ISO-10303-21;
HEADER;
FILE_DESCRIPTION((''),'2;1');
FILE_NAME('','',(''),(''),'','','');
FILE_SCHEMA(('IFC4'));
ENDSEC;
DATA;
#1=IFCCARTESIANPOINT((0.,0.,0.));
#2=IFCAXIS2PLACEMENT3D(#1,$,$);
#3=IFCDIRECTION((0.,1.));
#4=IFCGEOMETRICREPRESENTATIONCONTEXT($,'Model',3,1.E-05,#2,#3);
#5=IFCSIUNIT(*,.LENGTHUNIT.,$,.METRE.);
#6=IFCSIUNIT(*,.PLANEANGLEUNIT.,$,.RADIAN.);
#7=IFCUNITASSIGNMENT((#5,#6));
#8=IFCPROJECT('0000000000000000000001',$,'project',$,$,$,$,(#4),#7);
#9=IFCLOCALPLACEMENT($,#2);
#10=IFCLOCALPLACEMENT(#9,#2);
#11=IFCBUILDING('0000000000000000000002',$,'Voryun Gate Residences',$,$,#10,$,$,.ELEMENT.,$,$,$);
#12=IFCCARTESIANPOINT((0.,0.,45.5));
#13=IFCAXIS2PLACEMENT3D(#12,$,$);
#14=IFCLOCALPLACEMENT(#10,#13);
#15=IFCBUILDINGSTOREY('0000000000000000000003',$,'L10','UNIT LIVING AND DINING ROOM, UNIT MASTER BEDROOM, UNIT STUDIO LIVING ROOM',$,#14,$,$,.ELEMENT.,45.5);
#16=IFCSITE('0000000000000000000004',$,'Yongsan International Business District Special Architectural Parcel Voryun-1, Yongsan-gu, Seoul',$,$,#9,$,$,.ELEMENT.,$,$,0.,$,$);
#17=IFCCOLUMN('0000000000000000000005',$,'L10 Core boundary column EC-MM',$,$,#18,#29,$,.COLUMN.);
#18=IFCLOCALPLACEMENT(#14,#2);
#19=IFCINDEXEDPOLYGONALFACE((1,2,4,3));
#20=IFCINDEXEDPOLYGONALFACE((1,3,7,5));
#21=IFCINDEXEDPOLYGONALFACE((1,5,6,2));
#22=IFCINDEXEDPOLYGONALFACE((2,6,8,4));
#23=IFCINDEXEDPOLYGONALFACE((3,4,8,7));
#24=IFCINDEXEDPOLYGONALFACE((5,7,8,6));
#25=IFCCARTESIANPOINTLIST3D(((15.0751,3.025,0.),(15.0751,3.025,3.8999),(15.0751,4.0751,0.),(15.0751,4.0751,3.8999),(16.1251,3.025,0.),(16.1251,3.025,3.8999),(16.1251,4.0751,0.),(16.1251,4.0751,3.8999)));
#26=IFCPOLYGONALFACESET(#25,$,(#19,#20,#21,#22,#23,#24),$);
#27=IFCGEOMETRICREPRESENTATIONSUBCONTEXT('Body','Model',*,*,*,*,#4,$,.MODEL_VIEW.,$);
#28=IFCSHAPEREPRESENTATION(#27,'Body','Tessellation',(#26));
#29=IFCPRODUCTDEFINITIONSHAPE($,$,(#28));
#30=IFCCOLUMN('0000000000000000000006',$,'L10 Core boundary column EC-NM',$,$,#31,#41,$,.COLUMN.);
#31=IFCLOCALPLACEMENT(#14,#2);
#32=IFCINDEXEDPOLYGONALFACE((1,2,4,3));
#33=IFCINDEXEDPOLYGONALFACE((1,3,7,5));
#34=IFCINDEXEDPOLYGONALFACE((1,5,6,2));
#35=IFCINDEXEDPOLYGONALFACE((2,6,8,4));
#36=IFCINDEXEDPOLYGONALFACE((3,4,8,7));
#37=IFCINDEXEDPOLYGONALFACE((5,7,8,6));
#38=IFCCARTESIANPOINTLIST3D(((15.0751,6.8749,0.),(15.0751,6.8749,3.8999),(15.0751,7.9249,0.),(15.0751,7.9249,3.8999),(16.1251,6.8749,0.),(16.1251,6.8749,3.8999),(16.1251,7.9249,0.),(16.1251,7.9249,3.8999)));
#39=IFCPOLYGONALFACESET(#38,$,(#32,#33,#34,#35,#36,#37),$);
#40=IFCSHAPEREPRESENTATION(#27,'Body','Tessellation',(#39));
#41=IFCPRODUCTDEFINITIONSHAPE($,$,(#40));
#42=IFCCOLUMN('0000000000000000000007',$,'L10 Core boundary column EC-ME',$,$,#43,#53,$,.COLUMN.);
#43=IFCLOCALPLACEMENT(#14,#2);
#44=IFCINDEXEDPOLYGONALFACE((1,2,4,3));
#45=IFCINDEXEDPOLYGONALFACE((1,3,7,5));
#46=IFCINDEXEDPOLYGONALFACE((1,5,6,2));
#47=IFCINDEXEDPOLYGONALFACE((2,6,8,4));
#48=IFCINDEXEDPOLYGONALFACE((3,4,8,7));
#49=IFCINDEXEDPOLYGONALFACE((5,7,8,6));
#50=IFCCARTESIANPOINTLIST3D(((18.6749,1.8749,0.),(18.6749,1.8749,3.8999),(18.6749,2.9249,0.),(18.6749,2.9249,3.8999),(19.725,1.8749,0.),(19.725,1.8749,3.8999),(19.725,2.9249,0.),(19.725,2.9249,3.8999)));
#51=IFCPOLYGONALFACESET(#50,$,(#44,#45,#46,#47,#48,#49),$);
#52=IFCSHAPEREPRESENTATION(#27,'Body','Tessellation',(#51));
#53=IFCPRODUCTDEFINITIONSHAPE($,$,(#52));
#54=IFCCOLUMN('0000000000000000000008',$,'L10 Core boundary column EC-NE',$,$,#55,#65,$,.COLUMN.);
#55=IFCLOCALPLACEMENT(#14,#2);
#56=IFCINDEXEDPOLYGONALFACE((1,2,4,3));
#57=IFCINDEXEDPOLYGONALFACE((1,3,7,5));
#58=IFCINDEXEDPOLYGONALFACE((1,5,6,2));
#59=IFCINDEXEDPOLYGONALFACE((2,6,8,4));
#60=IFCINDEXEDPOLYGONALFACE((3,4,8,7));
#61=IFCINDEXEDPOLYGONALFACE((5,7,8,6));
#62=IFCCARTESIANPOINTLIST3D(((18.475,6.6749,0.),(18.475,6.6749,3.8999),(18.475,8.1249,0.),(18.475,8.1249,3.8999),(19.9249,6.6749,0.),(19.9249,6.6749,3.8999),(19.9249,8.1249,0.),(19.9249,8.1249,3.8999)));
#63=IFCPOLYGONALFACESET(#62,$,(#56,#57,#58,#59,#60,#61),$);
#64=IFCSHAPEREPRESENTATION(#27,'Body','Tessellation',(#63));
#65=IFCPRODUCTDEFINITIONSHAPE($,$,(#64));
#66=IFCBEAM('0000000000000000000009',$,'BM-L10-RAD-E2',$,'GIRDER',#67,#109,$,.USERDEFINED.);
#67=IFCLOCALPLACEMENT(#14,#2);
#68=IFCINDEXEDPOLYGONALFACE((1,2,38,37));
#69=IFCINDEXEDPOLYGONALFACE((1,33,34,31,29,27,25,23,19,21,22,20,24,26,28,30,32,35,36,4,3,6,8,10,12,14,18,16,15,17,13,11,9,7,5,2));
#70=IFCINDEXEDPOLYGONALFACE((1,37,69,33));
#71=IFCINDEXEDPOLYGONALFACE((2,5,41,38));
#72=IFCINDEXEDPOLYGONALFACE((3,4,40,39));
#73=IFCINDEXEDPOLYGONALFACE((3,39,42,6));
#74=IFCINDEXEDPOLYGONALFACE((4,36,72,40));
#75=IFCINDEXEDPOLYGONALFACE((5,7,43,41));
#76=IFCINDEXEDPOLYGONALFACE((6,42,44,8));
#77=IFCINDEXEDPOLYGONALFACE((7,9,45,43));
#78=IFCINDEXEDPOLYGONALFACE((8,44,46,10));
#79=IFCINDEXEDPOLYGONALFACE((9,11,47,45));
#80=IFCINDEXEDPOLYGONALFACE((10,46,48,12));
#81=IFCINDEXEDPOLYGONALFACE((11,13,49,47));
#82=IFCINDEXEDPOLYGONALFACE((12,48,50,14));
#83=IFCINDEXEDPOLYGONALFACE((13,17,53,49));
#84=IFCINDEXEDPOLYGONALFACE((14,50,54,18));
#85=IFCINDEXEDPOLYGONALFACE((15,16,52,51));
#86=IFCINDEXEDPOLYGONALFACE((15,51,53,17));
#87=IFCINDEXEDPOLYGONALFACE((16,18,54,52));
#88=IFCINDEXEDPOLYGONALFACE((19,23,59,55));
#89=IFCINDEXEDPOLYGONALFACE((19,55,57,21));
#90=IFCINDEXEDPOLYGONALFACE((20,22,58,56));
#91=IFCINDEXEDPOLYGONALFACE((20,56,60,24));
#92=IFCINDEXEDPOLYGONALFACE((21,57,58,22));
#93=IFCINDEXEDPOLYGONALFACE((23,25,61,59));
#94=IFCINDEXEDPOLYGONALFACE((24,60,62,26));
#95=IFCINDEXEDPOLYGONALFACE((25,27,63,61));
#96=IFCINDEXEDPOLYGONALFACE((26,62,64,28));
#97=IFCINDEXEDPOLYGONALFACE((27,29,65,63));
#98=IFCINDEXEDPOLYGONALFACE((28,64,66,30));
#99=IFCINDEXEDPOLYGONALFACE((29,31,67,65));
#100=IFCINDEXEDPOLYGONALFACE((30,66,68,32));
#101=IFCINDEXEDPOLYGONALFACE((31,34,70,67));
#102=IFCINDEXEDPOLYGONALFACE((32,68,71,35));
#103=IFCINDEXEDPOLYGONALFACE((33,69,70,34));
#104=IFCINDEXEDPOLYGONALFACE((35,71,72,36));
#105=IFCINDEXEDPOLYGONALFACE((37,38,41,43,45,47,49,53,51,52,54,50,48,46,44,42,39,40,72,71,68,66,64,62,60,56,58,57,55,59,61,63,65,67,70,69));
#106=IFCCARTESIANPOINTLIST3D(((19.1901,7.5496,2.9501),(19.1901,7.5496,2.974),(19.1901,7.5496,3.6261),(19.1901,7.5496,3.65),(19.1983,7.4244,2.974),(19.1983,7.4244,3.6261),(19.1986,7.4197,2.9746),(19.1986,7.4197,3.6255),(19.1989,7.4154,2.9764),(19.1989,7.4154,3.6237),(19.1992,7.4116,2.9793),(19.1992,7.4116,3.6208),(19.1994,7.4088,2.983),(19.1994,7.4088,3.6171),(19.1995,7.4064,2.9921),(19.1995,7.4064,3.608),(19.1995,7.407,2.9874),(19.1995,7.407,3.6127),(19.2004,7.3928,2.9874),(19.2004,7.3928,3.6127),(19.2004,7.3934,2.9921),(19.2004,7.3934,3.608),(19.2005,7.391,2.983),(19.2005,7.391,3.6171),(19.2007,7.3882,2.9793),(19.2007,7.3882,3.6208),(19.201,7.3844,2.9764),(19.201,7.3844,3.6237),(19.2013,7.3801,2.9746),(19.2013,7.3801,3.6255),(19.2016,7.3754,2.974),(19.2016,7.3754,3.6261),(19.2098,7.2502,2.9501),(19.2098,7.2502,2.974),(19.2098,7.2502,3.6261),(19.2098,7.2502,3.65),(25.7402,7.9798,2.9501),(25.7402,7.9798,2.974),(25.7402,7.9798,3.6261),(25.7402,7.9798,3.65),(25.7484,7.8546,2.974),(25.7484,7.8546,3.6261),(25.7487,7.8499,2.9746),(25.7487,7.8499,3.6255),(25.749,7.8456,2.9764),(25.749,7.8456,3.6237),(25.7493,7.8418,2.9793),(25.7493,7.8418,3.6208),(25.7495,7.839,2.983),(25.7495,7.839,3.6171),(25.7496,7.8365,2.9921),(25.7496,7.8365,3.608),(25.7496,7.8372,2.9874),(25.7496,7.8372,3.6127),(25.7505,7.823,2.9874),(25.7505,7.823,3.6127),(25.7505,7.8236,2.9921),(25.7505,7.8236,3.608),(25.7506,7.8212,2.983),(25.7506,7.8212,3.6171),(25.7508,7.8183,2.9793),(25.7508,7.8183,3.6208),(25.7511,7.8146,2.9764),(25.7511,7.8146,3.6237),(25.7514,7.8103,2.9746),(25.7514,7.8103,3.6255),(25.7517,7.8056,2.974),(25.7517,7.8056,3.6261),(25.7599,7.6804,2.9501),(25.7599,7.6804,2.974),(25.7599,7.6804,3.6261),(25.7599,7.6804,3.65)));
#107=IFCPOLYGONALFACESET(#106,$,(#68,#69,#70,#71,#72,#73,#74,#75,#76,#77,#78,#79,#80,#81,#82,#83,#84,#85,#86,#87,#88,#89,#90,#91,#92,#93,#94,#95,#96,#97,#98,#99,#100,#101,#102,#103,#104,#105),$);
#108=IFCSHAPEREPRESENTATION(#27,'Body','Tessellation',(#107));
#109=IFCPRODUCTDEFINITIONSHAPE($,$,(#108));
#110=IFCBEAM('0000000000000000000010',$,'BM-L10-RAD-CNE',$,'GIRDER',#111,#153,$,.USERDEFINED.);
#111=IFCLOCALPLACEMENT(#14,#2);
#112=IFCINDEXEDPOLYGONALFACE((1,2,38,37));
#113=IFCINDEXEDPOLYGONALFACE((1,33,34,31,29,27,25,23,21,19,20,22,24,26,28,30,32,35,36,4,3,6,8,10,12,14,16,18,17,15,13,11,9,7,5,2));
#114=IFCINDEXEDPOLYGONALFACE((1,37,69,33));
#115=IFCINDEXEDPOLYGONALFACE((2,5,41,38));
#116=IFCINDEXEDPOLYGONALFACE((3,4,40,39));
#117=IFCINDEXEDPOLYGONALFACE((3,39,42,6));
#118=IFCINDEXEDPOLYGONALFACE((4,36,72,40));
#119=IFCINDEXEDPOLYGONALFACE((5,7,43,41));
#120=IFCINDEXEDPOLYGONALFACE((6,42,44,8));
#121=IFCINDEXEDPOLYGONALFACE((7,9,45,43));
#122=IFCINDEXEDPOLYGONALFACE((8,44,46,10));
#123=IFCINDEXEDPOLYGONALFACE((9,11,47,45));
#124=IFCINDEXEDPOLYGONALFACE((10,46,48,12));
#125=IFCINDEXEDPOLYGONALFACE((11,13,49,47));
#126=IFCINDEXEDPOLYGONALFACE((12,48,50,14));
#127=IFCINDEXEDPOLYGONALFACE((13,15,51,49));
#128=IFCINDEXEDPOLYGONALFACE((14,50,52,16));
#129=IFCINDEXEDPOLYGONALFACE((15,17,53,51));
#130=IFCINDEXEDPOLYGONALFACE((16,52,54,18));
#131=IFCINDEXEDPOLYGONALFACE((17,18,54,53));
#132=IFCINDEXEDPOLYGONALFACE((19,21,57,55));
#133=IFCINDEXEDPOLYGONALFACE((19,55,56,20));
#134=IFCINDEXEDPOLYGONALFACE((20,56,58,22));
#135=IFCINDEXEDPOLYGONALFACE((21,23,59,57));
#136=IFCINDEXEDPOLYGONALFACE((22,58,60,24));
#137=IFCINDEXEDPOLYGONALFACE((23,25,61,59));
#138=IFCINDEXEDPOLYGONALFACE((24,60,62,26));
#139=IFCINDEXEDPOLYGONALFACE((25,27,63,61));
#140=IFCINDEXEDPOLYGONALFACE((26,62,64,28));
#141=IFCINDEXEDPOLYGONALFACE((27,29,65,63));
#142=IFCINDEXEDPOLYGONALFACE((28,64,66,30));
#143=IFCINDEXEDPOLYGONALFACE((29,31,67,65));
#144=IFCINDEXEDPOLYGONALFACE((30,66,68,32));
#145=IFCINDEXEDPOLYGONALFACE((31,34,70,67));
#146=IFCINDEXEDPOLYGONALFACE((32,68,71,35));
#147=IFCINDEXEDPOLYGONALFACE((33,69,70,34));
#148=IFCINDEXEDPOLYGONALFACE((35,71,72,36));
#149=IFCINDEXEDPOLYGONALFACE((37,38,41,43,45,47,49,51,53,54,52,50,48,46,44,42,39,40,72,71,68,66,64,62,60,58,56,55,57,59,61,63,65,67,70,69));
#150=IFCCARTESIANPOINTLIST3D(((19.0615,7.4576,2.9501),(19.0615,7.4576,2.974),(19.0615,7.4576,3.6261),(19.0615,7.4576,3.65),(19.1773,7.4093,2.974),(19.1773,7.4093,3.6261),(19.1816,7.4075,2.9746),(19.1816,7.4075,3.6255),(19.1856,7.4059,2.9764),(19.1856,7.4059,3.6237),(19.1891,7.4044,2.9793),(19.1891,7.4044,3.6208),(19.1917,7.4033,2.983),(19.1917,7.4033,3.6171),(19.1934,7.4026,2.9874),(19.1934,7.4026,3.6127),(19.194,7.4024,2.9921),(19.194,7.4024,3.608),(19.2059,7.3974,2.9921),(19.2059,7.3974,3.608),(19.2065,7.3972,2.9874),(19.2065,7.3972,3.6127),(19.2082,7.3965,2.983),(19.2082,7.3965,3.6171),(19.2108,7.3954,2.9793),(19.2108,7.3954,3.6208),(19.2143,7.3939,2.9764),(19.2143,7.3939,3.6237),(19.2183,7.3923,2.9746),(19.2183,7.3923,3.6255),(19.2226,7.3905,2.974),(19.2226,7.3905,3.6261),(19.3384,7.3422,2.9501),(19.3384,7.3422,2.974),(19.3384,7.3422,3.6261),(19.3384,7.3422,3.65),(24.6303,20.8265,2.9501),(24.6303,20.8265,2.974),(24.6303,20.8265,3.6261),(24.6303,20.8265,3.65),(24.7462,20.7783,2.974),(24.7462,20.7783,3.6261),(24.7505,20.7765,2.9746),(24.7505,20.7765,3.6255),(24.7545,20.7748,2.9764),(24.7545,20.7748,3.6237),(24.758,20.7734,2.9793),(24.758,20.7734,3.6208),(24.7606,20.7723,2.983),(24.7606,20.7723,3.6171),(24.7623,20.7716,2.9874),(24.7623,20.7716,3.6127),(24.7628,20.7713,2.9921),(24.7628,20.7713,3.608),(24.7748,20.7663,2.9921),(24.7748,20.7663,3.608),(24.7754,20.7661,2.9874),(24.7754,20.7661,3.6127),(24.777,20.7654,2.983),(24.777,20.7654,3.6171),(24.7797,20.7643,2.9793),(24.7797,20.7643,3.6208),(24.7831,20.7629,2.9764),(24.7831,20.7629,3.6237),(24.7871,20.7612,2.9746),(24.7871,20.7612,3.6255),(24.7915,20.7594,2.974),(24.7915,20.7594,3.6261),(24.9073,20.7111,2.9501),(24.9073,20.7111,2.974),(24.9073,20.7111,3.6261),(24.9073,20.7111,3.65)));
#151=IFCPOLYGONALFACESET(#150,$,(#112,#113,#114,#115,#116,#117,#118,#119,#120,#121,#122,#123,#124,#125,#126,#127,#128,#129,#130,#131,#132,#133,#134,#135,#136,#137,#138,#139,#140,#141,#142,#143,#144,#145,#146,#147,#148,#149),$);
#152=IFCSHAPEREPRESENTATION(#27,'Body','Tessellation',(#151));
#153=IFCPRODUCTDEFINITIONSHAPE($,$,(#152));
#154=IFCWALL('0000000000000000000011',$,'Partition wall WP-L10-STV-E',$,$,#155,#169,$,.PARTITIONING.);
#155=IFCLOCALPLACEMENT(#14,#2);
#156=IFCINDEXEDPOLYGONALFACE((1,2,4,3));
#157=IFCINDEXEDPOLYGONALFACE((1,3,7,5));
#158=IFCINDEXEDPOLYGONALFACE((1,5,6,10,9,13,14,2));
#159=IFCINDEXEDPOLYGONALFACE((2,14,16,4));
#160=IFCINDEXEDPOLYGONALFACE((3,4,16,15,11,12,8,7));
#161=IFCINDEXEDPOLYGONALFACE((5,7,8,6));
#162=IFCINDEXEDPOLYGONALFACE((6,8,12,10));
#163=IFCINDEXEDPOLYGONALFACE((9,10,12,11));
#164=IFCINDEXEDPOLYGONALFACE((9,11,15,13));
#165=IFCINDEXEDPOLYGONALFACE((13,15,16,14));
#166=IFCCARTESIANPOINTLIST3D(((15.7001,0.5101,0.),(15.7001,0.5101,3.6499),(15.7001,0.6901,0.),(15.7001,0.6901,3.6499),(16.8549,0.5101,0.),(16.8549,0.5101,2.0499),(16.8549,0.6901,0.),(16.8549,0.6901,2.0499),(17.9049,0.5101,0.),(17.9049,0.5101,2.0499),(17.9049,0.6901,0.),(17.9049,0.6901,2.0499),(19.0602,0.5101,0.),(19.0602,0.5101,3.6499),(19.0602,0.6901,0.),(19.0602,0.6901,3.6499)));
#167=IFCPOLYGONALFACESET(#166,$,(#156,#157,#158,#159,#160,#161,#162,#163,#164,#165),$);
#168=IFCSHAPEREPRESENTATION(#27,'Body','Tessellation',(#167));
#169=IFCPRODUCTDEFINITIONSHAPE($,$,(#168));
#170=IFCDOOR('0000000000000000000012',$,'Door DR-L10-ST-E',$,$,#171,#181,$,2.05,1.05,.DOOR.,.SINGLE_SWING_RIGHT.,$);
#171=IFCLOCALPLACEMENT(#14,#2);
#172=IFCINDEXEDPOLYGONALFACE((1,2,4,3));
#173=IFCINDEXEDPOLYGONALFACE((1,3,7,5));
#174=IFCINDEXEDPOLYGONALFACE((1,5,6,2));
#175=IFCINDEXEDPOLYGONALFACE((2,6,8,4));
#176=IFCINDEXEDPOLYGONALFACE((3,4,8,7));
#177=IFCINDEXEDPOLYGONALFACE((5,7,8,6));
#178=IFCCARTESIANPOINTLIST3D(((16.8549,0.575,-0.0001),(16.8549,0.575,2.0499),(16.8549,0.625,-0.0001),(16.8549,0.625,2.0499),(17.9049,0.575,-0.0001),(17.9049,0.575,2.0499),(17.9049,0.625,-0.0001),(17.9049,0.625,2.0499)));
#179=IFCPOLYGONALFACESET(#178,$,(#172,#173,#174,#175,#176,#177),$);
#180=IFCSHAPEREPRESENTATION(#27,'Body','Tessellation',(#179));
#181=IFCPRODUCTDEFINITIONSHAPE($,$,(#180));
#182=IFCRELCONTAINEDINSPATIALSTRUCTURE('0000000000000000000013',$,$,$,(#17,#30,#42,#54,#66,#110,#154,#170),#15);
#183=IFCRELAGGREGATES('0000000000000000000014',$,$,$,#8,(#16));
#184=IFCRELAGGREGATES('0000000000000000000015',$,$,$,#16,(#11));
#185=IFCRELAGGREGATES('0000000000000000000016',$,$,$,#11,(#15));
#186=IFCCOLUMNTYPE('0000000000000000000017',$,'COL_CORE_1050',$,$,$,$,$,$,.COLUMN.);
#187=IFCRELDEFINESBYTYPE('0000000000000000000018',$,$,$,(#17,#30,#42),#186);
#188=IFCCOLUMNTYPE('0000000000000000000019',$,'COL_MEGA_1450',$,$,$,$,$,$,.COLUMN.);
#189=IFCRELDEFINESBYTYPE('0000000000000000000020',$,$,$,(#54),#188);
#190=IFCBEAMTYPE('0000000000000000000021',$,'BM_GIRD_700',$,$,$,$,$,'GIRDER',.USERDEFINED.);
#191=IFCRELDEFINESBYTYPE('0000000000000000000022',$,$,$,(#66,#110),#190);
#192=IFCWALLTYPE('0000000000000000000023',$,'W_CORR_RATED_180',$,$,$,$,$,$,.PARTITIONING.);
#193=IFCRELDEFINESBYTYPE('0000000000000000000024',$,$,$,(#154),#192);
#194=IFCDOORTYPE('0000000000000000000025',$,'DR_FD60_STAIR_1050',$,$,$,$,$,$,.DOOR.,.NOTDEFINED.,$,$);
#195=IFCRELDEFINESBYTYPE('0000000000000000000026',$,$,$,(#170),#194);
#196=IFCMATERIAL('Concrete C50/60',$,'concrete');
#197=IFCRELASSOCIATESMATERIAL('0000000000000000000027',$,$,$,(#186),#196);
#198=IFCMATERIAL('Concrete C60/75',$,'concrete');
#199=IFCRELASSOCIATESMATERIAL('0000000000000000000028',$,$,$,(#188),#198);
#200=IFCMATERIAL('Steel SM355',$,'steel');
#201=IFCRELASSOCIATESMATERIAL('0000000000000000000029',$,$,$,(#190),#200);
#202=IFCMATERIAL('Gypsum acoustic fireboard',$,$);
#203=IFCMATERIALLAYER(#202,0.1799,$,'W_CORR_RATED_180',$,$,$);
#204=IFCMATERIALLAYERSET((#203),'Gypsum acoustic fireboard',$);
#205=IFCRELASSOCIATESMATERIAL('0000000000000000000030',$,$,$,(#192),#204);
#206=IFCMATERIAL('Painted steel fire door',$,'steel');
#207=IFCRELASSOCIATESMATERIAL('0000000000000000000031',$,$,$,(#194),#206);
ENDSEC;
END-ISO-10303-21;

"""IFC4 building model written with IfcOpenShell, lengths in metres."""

from ifc_helpers import new_model, si_unit, direction, frame, frame_2d, origin, origin_2d, place, context, subcontext, project, spatial, rectangle, i_section, extrude, material, layer, layer_set, material_profile, profile_set, type_object, element, fill, save


model = new_model("IFC4")

# Units and contexts
model_context = context("Model", 3, precision=1e-05, world=origin(), true_north=direction((0.0, 1.0)))
body_context = subcontext(model_context, "Body", "Model", "MODEL_VIEW")
ifc_project = project(units=[si_unit("LENGTHUNIT", "METRE"), si_unit("PLANEANGLEUNIT", "RADIAN")], contexts=[model_context])

# Site, building, storey
site_placement = place(None, origin())
site = spatial("IfcSite", under=ifc_project, at=site_placement, Name="Yongsan International Business District Special Architectural Parcel Voryun-1, Yongsan-gu, Seoul", CompositionType="ELEMENT", RefElevation=0.0)
building_placement = place(site_placement, origin())
building = spatial("IfcBuilding", under=site, at=building_placement, Name="Voryun Gate Residences", CompositionType="ELEMENT")
storey_placement = place(building_placement, frame((0.0, 0.0, 45.5)))
storey = spatial("IfcBuildingStorey", under=building, at=storey_placement, Name="L10", Description="UNIT LIVING AND DINING ROOM, UNIT MASTER BEDROOM, UNIT STUDIO LIVING ROOM", CompositionType="ELEMENT", Elevation=45.5)

# Columns
ifc_material_1 = material(Name="Concrete C50/60", Category="concrete")
ifc_material_profile_1 = material_profile(ifc_material_1, rectangle(XDim=1.05, YDim=1.05, at=origin_2d()), Name="RC-1050x1050")
ifc_profile_set_1 = profile_set([ifc_material_profile_1], Name="Concrete C50/60")
column_type_1 = type_object("IfcColumnType", Name="COL_CORE_1050", PredefinedType="COLUMN", material=ifc_profile_set_1)
for number, where, z_axis, x_axis, name in (
    (1, (15.6001, 3.55, 0.0), (0.0, 0.0, 1.0), (1.0, 0.0, 0.0), "L10 Core boundary column EC-MM"),
    (2, (15.6001, 7.3999, 0.0), (0.0, 0.0, 1.0), (1.0, 0.0, 0.0), "L10 Core boundary column EC-NM"),
    (3, (19.2, 2.3999, 0.0), (0.0, 0.0, 1.0), (1.0, 0.0, 0.0), "L10 Core boundary column EC-ME"),
):
    element("IfcColumn", number, at=place(storey_placement, frame(where, z_axis=z_axis, x_axis=x_axis)), inside=storey, type_object=column_type_1, Name=name, PredefinedType="COLUMN", context=body_context, shape_type="SweptSolid", body=[
        extrude(rectangle(XDim=1.05, YDim=1.05, at=origin_2d()), origin(), (0.0, 0.0, 1.0), 3.8999),
    ])
ifc_material_2 = material(Name="Concrete C60/75", Category="concrete")
ifc_material_profile_2 = material_profile(ifc_material_2, rectangle(XDim=1.45, YDim=1.45, at=origin_2d()), Name="RC-1450x1450")
ifc_profile_set_2 = profile_set([ifc_material_profile_2], Name="Concrete C60/75")
column_type_2 = type_object("IfcColumnType", Name="COL_MEGA_1450", PredefinedType="COLUMN", material=ifc_profile_set_2)
column_placement = place(storey_placement, frame((19.2, 7.3999, 0.0), z_axis=(0.0, 0.0, 1.0), x_axis=(1.0, 0.0, 0.0)))
element("IfcColumn", 4, at=column_placement, inside=storey, type_object=column_type_2, Name="L10 Core boundary column EC-NE", PredefinedType="COLUMN", context=body_context, shape_type="SweptSolid", body=[
    extrude(rectangle(XDim=1.45, YDim=1.45, at=origin_2d()), origin(), (0.0, 0.0, 1.0), 3.8999),
])

# Beams
ifc_material_3 = material(Name="Steel SM355", Category="steel")
ifc_material_profile_3 = material_profile(ifc_material_3, i_section(OverallWidth=0.3, OverallDepth=0.7, WebThickness=0.0129, FlangeThickness=0.0239, FilletRadius=0.0181, at=origin_2d()), Name="H-700x300x13x24")
ifc_profile_set_3 = profile_set([ifc_material_profile_3], Name="Steel SM355")
beam_type = type_object("IfcBeamType", Name="BM_GIRD_700", ElementType="GIRDER", PredefinedType="USERDEFINED", material=ifc_profile_set_3)
beam_1_placement = place(storey_placement, frame((19.2, 7.3999, 3.3), z_axis=(0.99785, 0.065534, 0.0), x_axis=(-0.065534, 0.99785, 0.0)))
element("IfcBeam", 5, at=beam_1_placement, inside=storey, type_object=beam_type, Name="BM-L10-RAD-E2", ObjectType="GIRDER", PredefinedType="USERDEFINED", context=body_context, shape_type="SweptSolid", body=[
    extrude(i_section(OverallWidth=0.3, OverallDepth=0.7, WebThickness=0.0129, FlangeThickness=0.0239, FilletRadius=0.0181, at=origin_2d()), origin(), (0.0, 0.0, 1.0), 6.5642),
])
beam_2_placement = place(storey_placement, frame((19.2, 7.3999, 3.3), z_axis=(0.384526, 0.923114, 0.0), x_axis=(-0.923114, 0.384526, 0.0)))
element("IfcBeam", 6, at=beam_2_placement, inside=storey, type_object=beam_type, Name="BM-L10-RAD-CNE", ObjectType="GIRDER", PredefinedType="USERDEFINED", context=body_context, shape_type="SweptSolid", body=[
    extrude(i_section(OverallWidth=0.3, OverallDepth=0.7, WebThickness=0.0129, FlangeThickness=0.0239, FilletRadius=0.0181, at=origin_2d()), origin(), (0.0, 0.0, 1.0), 14.4824),
])

# Wall, opening, door
ifc_material_4 = material(Name="Gypsum acoustic fireboard")
ifc_layer_1 = layer(ifc_material_4, 0.1799, Name="W_CORR_RATED_180")
ifc_layer_set_1 = layer_set([ifc_layer_1], Name="Gypsum acoustic fireboard")
wall_type_1 = type_object("IfcWallType", Name="W_CORR_RATED_180", PredefinedType="PARTITIONING", material=ifc_layer_set_1)
wall_1_placement = place(storey_placement, frame((15.7, 0.6001, 0.0), z_axis=(0.0, 0.0, 1.0), x_axis=(1.0, 0.0, 0.0)))
wall_1 = element("IfcWall", 7, at=wall_1_placement, inside=storey, type_object=wall_type_1, Name="Partition wall WP-L10-STV-E", PredefinedType="PARTITIONING", context=body_context, shape_type="SweptSolid", body=[
    extrude(rectangle(XDim=3.3601, YDim=0.1799, at=frame_2d((1.6802, 0.0))), origin(), (0.0, 0.0, 1.0), 3.6499),
])
opening_1_placement = place(wall_1_placement, frame((1.155, 0.0, 0.0)))
opening_1 = element("IfcOpeningElement", 8, at=opening_1_placement, cuts=wall_1, PredefinedType="OPENING", context=body_context, shape_type="SweptSolid", body=[
    extrude(rectangle(XDim=1.05, YDim=2.05, at=frame_2d((0.5249, 1.0249))), frame((0.0, 0.0999, 0.0), z_axis=(0.0, -1.0, 0.0), x_axis=(1.0, 0.0, 0.0)), (0.0, 0.0, 1.0), 0.2),
])
ifc_material_5 = material(Name="Painted steel fire door", Category="steel")
door_type_1 = type_object("IfcDoorType", Name="DR_FD60_STAIR_1050", OperationType="NOTDEFINED", PredefinedType="DOOR", material=ifc_material_5)
door_1_placement = place(opening_1_placement, origin())
door_1 = element("IfcDoor", 9, at=door_1_placement, inside=storey, type_object=door_type_1, Name="Door DR-L10-ST-E", OperationType="SINGLE_SWING_RIGHT", OverallHeight=2.05, OverallWidth=1.05, PredefinedType="DOOR", context=body_context, shape_type="SweptSolid", body=[
    extrude(rectangle(XDim=1.05, YDim=2.05, at=frame_2d((0.5249, 1.0249))), frame((0.0, 0.0249, 0.0), z_axis=(0.0, -1.0, 0.0), x_axis=(1.0, 0.0, 0.0)), (0.0, 0.0, 1.0), 0.05),
])
fill(opening_1, door_1)

save(model, "model.ifc")
